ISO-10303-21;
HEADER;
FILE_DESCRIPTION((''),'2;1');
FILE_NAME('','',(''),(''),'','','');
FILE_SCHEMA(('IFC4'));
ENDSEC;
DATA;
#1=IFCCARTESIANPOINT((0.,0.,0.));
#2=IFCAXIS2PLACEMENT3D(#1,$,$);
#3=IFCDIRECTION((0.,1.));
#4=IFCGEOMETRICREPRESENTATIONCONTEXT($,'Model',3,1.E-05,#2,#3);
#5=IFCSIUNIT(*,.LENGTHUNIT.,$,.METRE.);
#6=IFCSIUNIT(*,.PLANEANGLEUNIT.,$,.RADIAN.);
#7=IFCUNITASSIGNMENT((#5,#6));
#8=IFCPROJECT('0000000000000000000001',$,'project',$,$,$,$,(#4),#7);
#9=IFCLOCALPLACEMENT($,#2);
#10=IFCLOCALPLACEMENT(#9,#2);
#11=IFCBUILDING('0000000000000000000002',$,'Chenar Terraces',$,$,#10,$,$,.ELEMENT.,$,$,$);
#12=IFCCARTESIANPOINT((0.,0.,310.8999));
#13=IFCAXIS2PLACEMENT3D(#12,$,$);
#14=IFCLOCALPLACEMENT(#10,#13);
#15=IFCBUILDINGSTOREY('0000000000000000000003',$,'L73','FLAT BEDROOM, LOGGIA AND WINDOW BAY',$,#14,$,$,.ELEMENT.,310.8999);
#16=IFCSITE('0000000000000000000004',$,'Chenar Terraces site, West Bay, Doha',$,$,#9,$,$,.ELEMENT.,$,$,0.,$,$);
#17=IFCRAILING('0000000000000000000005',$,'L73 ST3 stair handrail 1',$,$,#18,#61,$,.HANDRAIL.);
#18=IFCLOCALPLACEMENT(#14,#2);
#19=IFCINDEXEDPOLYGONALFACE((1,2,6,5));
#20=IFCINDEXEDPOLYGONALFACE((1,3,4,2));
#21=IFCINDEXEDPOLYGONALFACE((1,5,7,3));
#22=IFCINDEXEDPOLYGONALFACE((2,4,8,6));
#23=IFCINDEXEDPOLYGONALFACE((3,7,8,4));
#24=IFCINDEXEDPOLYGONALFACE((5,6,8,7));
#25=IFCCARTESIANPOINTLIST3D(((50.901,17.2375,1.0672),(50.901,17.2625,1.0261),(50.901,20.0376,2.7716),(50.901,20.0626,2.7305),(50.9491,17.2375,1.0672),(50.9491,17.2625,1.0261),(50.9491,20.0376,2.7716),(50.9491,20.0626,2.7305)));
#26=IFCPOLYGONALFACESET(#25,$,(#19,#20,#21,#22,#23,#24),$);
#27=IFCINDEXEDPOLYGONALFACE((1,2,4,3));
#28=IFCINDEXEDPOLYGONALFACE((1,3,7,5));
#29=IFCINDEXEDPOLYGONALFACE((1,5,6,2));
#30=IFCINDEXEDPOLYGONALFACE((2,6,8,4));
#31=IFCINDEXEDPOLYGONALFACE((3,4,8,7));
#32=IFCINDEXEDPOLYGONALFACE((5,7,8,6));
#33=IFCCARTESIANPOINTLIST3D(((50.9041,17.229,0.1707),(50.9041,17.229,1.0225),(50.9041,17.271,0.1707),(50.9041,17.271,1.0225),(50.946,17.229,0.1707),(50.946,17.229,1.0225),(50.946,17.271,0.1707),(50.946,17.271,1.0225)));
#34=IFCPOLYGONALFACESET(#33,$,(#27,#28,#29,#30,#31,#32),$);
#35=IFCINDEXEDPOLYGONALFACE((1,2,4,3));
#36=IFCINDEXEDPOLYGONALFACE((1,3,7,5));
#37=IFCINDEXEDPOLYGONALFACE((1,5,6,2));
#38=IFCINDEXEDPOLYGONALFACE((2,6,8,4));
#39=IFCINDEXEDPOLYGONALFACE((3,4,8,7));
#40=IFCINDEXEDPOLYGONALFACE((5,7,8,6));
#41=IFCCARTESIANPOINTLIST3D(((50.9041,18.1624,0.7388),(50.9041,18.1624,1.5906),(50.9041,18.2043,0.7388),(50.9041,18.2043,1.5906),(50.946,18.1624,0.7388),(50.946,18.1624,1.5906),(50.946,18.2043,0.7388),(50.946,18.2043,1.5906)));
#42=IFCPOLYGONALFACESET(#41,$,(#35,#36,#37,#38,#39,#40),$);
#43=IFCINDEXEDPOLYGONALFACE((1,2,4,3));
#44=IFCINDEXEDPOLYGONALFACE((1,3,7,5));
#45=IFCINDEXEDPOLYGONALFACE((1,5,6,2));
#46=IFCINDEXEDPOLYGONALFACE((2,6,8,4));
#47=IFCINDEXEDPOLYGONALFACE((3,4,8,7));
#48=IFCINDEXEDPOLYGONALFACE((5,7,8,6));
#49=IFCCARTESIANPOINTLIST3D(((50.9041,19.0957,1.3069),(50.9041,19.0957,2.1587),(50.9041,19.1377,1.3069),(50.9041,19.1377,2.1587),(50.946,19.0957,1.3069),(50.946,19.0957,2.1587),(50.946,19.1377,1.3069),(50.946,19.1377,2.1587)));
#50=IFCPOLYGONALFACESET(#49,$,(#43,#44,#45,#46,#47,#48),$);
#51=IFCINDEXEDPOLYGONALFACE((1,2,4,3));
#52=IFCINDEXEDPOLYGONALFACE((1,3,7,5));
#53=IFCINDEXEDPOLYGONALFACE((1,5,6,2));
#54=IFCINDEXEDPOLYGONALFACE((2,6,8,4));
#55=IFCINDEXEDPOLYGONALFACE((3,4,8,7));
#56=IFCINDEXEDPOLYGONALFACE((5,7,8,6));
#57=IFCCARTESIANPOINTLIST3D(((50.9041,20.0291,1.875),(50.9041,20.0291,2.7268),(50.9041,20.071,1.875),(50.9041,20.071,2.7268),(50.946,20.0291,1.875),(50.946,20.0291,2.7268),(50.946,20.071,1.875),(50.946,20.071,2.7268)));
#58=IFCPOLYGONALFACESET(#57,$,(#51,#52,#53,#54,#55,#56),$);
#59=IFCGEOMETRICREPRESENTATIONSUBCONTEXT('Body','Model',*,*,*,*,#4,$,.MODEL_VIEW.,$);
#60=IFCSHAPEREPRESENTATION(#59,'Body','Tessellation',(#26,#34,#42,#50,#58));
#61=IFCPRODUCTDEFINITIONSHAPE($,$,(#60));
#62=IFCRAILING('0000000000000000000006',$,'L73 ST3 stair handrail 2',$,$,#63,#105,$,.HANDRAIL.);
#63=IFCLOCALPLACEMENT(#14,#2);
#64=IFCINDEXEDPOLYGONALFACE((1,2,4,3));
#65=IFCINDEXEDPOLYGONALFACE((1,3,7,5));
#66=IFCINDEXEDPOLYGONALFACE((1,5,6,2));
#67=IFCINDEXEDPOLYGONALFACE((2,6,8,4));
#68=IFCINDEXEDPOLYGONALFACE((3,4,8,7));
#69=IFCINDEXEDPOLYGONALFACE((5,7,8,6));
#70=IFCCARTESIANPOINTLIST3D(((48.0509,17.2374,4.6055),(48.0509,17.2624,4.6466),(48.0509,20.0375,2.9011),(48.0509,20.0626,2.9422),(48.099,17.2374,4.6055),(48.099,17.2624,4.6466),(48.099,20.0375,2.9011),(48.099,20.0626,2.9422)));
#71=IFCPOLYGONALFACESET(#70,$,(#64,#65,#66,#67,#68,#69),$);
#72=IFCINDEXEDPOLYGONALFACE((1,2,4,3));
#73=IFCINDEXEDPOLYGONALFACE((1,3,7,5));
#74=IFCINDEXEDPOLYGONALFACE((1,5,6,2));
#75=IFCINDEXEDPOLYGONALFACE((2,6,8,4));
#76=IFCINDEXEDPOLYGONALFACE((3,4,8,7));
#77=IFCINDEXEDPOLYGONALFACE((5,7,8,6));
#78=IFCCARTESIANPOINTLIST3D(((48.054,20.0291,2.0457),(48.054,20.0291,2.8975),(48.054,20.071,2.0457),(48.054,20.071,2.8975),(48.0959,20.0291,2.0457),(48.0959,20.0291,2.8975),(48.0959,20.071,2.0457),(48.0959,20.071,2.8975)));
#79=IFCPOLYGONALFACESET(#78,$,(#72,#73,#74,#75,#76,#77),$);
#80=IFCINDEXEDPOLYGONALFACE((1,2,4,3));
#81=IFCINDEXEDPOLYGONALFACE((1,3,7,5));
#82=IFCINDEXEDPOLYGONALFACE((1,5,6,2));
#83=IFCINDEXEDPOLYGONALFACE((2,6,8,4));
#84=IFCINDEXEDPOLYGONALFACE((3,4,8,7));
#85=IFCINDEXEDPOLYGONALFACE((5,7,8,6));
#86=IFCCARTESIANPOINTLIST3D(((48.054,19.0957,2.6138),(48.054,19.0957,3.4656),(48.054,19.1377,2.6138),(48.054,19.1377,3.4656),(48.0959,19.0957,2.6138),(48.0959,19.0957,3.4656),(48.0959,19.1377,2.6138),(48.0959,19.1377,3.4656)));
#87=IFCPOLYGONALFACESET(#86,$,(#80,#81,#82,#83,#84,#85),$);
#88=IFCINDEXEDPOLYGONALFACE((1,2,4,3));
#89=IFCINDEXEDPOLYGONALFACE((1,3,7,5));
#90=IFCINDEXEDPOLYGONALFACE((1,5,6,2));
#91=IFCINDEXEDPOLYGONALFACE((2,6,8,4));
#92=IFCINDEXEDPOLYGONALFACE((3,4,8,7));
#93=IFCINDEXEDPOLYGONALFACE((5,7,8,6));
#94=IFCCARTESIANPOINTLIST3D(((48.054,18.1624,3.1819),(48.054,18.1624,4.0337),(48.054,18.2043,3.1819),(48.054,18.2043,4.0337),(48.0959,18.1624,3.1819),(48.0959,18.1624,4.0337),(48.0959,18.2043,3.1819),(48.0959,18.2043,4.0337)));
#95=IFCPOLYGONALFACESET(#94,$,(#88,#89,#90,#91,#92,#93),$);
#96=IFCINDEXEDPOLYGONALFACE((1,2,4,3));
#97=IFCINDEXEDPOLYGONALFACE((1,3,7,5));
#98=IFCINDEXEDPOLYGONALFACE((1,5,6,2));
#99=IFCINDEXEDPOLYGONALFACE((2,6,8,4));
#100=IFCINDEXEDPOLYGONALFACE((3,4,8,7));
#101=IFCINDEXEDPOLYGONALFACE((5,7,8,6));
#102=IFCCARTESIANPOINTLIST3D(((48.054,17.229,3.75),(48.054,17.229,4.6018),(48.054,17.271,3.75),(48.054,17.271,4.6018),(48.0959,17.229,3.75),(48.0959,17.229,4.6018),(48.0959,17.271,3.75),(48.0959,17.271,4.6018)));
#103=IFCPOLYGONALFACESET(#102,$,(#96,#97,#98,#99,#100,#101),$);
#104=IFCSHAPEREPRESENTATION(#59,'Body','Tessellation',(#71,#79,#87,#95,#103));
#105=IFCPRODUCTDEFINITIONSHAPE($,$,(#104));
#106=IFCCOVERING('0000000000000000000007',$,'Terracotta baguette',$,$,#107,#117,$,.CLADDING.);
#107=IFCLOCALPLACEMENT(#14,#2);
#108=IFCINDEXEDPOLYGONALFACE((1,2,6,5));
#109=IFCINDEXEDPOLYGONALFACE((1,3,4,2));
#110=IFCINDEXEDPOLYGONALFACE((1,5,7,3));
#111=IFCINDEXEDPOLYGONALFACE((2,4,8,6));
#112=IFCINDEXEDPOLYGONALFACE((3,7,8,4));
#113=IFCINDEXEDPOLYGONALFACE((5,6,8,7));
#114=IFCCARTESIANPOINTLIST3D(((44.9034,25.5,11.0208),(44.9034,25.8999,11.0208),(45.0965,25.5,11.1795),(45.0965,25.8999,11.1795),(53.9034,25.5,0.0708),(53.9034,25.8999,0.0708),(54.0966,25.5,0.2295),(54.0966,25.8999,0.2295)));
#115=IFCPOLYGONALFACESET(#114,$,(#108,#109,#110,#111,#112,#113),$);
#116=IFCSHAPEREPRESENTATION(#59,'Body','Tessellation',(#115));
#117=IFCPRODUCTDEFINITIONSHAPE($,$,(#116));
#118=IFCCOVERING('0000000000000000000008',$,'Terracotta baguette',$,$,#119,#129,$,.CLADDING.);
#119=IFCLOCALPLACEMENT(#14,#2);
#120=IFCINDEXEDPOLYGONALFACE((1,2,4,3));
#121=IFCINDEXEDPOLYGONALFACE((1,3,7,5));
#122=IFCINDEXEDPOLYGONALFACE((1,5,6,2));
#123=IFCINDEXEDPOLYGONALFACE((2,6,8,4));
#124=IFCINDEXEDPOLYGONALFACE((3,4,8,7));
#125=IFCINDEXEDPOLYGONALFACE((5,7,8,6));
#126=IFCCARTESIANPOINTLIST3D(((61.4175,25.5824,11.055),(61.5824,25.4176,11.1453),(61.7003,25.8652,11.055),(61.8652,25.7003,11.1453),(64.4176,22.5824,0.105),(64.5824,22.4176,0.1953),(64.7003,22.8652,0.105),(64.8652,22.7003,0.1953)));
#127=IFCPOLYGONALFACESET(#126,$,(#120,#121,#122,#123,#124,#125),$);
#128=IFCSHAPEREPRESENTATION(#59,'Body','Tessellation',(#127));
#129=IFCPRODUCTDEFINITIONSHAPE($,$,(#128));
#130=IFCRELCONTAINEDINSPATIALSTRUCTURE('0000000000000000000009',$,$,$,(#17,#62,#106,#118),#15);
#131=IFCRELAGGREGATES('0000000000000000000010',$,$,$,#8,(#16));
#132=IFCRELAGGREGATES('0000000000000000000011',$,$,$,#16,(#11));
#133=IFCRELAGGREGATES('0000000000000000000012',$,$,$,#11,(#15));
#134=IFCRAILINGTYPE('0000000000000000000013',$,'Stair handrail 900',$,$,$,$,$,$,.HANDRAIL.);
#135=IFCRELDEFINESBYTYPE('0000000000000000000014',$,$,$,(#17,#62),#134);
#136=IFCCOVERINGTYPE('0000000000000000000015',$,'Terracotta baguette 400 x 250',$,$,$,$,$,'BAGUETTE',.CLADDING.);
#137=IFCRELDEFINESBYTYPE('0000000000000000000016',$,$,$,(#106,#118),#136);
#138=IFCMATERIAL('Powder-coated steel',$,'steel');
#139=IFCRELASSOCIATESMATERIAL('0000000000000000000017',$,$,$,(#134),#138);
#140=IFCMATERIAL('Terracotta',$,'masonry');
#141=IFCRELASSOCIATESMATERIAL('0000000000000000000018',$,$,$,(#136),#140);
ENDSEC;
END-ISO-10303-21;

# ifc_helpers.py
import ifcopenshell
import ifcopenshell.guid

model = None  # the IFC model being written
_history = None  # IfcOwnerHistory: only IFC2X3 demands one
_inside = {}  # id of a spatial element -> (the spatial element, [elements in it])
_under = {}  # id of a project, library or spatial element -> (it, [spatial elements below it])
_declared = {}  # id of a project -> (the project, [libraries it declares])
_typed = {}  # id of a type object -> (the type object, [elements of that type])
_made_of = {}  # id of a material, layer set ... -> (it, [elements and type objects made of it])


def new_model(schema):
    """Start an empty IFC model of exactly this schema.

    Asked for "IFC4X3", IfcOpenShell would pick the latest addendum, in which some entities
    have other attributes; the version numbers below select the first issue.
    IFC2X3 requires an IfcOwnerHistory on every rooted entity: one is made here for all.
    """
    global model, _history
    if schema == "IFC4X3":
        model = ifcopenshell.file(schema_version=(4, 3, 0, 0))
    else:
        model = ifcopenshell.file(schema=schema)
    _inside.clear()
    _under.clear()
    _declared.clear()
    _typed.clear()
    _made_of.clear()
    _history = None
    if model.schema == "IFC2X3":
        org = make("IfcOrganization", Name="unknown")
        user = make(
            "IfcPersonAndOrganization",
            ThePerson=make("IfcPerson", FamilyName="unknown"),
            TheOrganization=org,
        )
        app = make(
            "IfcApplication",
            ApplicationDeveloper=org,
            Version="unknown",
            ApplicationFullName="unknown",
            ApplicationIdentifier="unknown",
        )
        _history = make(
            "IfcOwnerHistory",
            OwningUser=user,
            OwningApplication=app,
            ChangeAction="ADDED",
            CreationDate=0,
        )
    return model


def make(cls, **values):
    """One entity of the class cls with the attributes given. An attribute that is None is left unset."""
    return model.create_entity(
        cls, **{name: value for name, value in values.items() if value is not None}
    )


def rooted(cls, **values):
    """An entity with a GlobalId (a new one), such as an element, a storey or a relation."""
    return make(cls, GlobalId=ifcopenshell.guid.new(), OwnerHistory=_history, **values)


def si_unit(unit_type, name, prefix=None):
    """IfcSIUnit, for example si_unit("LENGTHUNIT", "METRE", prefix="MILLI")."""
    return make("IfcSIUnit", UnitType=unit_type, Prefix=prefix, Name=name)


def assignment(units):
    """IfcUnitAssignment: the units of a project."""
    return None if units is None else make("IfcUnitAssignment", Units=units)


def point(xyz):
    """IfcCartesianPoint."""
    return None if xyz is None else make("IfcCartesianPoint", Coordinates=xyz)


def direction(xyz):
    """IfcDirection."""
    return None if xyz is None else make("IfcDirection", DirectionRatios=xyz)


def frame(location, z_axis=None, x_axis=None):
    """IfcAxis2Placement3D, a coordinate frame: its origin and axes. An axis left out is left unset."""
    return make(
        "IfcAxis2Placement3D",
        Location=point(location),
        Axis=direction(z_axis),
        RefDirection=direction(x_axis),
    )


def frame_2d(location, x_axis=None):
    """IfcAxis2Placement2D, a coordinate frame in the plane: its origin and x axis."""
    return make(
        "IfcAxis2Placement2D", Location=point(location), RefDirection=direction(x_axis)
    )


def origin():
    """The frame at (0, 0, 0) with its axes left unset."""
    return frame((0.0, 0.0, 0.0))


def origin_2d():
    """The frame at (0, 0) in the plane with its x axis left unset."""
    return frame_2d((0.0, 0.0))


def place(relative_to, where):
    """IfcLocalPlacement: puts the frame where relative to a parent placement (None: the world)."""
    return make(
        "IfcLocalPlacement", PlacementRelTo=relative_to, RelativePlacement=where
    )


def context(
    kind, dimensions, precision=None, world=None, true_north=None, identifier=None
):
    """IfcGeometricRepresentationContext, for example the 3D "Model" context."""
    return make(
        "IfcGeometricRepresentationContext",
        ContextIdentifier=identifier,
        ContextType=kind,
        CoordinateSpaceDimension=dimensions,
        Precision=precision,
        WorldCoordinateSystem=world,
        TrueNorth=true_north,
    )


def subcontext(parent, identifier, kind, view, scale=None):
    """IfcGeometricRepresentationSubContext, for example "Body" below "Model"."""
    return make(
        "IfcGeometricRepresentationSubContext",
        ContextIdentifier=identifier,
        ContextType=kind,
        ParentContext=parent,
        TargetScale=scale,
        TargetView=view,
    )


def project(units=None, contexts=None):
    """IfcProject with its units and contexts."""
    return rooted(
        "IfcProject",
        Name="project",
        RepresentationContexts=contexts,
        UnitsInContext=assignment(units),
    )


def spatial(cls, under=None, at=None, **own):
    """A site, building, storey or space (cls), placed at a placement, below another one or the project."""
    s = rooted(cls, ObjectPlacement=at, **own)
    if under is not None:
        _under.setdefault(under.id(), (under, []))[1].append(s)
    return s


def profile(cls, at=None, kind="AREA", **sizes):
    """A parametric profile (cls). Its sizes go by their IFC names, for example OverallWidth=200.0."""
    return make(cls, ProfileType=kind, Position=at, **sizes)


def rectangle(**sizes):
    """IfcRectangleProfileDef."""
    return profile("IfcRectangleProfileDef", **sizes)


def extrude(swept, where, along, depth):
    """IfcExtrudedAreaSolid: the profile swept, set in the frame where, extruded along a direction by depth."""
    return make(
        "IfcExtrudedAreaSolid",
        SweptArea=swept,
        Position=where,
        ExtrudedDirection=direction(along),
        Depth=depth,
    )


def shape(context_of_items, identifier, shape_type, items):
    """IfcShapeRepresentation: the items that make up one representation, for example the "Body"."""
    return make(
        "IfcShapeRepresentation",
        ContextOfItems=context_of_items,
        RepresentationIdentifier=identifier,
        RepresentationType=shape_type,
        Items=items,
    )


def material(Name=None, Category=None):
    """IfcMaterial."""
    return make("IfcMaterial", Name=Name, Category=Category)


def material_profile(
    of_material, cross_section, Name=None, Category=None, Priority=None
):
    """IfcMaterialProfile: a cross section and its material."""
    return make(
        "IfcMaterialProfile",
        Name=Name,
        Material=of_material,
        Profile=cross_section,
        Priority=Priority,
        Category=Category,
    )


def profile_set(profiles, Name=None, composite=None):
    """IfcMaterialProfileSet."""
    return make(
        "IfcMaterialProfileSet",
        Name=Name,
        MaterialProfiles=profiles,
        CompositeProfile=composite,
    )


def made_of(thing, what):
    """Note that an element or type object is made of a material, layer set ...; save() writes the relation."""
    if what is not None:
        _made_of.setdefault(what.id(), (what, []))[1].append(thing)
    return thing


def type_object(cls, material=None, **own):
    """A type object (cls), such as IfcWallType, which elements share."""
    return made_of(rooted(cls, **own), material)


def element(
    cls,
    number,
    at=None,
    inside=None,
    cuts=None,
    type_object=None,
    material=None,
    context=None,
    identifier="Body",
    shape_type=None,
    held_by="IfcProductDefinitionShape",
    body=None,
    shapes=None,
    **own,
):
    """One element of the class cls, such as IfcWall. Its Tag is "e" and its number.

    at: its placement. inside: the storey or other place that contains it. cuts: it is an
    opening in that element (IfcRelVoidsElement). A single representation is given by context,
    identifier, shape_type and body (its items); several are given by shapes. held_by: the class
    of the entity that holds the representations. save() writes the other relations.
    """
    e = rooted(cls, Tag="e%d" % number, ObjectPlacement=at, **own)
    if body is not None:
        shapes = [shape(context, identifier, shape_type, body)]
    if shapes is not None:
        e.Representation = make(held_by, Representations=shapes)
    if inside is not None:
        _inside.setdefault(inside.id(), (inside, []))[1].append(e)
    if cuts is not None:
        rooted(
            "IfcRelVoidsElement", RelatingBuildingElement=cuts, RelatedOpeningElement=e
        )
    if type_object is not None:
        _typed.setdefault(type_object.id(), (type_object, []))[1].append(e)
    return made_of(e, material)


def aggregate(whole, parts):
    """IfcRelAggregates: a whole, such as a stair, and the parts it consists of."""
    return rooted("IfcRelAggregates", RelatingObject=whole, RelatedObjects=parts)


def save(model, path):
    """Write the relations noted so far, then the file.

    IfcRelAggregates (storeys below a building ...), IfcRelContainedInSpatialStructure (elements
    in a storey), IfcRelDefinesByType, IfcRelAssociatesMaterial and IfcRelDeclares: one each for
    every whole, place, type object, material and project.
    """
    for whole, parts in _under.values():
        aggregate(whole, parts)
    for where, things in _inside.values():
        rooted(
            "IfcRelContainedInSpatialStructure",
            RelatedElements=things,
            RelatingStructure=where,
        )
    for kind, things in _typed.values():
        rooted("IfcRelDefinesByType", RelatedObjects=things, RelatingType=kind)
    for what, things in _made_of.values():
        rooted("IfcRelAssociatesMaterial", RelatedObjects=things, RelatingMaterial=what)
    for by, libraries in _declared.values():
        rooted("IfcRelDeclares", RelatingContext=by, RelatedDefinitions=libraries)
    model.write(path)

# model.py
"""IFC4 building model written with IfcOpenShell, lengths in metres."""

from ifc_helpers import new_model, si_unit, direction, frame, origin, origin_2d, place, context, subcontext, project, spatial, rectangle, extrude, material, material_profile, profile_set, type_object, element, save


model = new_model("IFC4")

# Units and contexts
model_context = context("Model", 3, precision=1e-05, world=origin(), true_north=direction((0.0, 1.0)))
body_context = subcontext(model_context, "Body", "Model", "MODEL_VIEW")
ifc_project = project(units=[si_unit("LENGTHUNIT", "METRE"), si_unit("PLANEANGLEUNIT", "RADIAN")], contexts=[model_context])

# Site, building, storey
site_placement = place(None, origin())
site = spatial("IfcSite", under=ifc_project, at=site_placement, Name="Chenar Terraces site, West Bay, Doha", CompositionType="ELEMENT", RefElevation=0.0)
building_placement = place(site_placement, origin())
building = spatial("IfcBuilding", under=site, at=building_placement, Name="Chenar Terraces", CompositionType="ELEMENT")
storey_placement = place(building_placement, frame((0.0, 0.0, 310.8999)))
storey = spatial("IfcBuildingStorey", under=building, at=storey_placement, Name="L73", Description="FLAT BEDROOM, LOGGIA AND WINDOW BAY", CompositionType="ELEMENT", Elevation=310.8999)

# Railings
ifc_material_1 = material(Name="Powder-coated steel", Category="steel")
railing_type_1 = type_object("IfcRailingType", Name="Stair handrail 900", PredefinedType="HANDRAIL", material=ifc_material_1)
railing_1_placement = place(storey_placement, frame((50.925, 17.25, 0.1707)))
element("IfcRailing", 1, at=railing_1_placement, inside=storey, type_object=railing_type_1, Name="L73 ST3 stair handrail 1", PredefinedType="HANDRAIL", context=body_context, shape_type="SweptSolid", body=[
    extrude(rectangle(XDim=0.0481, YDim=0.0481, at=origin_2d()), frame((0.0, 0.0, 0.876), z_axis=(0.0, 0.854203, 0.51994), x_axis=(-1.0, 0.0, 0.0)), (0.0, 0.0, 1.0), 3.2781),
    extrude(rectangle(XDim=0.042, YDim=0.042, at=origin_2d()), origin(), (0.0, 0.0, 1.0), 0.8518),
    extrude(rectangle(XDim=0.042, YDim=0.042, at=origin_2d()), frame((0.0, 0.9333, 0.5681)), (0.0, 0.0, 1.0), 0.8518),
    extrude(rectangle(XDim=0.042, YDim=0.042, at=origin_2d()), frame((0.0, 1.8667, 1.1362)), (0.0, 0.0, 1.0), 0.8518),
    extrude(rectangle(XDim=0.042, YDim=0.042, at=origin_2d()), frame((0.0, 2.8, 1.7043)), (0.0, 0.0, 1.0), 0.8518),
])
railing_2_placement = place(storey_placement, frame((48.075, 20.05, 2.0457)))
element("IfcRailing", 2, at=railing_2_placement, inside=storey, type_object=railing_type_1, Name="L73 ST3 stair handrail 2", PredefinedType="HANDRAIL", context=body_context, shape_type="SweptSolid", body=[
    extrude(rectangle(XDim=0.0481, YDim=0.0481, at=origin_2d()), frame((0.0, 0.0, 0.876), z_axis=(0.0, -0.854203, 0.51994), x_axis=(1.0, 0.0, 0.0)), (0.0, 0.0, 1.0), 3.2781),
    extrude(rectangle(XDim=0.042, YDim=0.042, at=origin_2d()), origin(), (0.0, 0.0, 1.0), 0.8518),
    extrude(rectangle(XDim=0.042, YDim=0.042, at=origin_2d()), frame((0.0, -0.9333, 0.5681)), (0.0, 0.0, 1.0), 0.8518),
    extrude(rectangle(XDim=0.042, YDim=0.042, at=origin_2d()), frame((0.0, -1.8667, 1.1362)), (0.0, 0.0, 1.0), 0.8518),
    extrude(rectangle(XDim=0.042, YDim=0.042, at=origin_2d()), frame((0.0, -2.8, 1.7043)), (0.0, 0.0, 1.0), 0.8518),
])

# Coverings
ifc_material_2 = material(Name="Terracotta", Category="masonry")
ifc_material_profile_1 = material_profile(ifc_material_2, rectangle(XDim=0.3999, YDim=0.25, at=origin_2d()), Name="Terracotta baguette 400 x 250")
ifc_profile_set_1 = profile_set([ifc_material_profile_1], Name="Terracotta")
covering_type = type_object("IfcCoveringType", Name="Terracotta baguette 400 x 250", ElementType="BAGUETTE", PredefinedType="CLADDING", material=ifc_profile_set_1)
covering_1_placement = place(storey_placement, frame((54.0, 25.7, 0.1501), z_axis=(-0.634967, 0.0, 0.772539), x_axis=(0.0, -1.0, 0.0)))
element("IfcCovering", 3, at=covering_1_placement, inside=storey, type_object=covering_type, Name="Terracotta baguette", PredefinedType="CLADDING", context=body_context, shape_type="SweptSolid", body=[
    extrude(rectangle(XDim=0.3999, YDim=0.25, at=origin_2d()), origin(), (0.0, 0.0, 1.0), 14.1741),
])
covering_2_placement = place(storey_placement, frame((64.6414, 22.6414, 0.1501), z_axis=(-0.255468, 0.255468, 0.932455), x_axis=(-0.707107, -0.707107, 0.0)))
element("IfcCovering", 4, at=covering_2_placement, inside=storey, type_object=covering_type, Name="Terracotta baguette", PredefinedType="CLADDING", context=body_context, shape_type="SweptSolid", body=[
    extrude(rectangle(XDim=0.3999, YDim=0.25, at=origin_2d()), origin(), (0.0, 0.0, 1.0), 11.7432),
])

save(model, "model.ifc")
